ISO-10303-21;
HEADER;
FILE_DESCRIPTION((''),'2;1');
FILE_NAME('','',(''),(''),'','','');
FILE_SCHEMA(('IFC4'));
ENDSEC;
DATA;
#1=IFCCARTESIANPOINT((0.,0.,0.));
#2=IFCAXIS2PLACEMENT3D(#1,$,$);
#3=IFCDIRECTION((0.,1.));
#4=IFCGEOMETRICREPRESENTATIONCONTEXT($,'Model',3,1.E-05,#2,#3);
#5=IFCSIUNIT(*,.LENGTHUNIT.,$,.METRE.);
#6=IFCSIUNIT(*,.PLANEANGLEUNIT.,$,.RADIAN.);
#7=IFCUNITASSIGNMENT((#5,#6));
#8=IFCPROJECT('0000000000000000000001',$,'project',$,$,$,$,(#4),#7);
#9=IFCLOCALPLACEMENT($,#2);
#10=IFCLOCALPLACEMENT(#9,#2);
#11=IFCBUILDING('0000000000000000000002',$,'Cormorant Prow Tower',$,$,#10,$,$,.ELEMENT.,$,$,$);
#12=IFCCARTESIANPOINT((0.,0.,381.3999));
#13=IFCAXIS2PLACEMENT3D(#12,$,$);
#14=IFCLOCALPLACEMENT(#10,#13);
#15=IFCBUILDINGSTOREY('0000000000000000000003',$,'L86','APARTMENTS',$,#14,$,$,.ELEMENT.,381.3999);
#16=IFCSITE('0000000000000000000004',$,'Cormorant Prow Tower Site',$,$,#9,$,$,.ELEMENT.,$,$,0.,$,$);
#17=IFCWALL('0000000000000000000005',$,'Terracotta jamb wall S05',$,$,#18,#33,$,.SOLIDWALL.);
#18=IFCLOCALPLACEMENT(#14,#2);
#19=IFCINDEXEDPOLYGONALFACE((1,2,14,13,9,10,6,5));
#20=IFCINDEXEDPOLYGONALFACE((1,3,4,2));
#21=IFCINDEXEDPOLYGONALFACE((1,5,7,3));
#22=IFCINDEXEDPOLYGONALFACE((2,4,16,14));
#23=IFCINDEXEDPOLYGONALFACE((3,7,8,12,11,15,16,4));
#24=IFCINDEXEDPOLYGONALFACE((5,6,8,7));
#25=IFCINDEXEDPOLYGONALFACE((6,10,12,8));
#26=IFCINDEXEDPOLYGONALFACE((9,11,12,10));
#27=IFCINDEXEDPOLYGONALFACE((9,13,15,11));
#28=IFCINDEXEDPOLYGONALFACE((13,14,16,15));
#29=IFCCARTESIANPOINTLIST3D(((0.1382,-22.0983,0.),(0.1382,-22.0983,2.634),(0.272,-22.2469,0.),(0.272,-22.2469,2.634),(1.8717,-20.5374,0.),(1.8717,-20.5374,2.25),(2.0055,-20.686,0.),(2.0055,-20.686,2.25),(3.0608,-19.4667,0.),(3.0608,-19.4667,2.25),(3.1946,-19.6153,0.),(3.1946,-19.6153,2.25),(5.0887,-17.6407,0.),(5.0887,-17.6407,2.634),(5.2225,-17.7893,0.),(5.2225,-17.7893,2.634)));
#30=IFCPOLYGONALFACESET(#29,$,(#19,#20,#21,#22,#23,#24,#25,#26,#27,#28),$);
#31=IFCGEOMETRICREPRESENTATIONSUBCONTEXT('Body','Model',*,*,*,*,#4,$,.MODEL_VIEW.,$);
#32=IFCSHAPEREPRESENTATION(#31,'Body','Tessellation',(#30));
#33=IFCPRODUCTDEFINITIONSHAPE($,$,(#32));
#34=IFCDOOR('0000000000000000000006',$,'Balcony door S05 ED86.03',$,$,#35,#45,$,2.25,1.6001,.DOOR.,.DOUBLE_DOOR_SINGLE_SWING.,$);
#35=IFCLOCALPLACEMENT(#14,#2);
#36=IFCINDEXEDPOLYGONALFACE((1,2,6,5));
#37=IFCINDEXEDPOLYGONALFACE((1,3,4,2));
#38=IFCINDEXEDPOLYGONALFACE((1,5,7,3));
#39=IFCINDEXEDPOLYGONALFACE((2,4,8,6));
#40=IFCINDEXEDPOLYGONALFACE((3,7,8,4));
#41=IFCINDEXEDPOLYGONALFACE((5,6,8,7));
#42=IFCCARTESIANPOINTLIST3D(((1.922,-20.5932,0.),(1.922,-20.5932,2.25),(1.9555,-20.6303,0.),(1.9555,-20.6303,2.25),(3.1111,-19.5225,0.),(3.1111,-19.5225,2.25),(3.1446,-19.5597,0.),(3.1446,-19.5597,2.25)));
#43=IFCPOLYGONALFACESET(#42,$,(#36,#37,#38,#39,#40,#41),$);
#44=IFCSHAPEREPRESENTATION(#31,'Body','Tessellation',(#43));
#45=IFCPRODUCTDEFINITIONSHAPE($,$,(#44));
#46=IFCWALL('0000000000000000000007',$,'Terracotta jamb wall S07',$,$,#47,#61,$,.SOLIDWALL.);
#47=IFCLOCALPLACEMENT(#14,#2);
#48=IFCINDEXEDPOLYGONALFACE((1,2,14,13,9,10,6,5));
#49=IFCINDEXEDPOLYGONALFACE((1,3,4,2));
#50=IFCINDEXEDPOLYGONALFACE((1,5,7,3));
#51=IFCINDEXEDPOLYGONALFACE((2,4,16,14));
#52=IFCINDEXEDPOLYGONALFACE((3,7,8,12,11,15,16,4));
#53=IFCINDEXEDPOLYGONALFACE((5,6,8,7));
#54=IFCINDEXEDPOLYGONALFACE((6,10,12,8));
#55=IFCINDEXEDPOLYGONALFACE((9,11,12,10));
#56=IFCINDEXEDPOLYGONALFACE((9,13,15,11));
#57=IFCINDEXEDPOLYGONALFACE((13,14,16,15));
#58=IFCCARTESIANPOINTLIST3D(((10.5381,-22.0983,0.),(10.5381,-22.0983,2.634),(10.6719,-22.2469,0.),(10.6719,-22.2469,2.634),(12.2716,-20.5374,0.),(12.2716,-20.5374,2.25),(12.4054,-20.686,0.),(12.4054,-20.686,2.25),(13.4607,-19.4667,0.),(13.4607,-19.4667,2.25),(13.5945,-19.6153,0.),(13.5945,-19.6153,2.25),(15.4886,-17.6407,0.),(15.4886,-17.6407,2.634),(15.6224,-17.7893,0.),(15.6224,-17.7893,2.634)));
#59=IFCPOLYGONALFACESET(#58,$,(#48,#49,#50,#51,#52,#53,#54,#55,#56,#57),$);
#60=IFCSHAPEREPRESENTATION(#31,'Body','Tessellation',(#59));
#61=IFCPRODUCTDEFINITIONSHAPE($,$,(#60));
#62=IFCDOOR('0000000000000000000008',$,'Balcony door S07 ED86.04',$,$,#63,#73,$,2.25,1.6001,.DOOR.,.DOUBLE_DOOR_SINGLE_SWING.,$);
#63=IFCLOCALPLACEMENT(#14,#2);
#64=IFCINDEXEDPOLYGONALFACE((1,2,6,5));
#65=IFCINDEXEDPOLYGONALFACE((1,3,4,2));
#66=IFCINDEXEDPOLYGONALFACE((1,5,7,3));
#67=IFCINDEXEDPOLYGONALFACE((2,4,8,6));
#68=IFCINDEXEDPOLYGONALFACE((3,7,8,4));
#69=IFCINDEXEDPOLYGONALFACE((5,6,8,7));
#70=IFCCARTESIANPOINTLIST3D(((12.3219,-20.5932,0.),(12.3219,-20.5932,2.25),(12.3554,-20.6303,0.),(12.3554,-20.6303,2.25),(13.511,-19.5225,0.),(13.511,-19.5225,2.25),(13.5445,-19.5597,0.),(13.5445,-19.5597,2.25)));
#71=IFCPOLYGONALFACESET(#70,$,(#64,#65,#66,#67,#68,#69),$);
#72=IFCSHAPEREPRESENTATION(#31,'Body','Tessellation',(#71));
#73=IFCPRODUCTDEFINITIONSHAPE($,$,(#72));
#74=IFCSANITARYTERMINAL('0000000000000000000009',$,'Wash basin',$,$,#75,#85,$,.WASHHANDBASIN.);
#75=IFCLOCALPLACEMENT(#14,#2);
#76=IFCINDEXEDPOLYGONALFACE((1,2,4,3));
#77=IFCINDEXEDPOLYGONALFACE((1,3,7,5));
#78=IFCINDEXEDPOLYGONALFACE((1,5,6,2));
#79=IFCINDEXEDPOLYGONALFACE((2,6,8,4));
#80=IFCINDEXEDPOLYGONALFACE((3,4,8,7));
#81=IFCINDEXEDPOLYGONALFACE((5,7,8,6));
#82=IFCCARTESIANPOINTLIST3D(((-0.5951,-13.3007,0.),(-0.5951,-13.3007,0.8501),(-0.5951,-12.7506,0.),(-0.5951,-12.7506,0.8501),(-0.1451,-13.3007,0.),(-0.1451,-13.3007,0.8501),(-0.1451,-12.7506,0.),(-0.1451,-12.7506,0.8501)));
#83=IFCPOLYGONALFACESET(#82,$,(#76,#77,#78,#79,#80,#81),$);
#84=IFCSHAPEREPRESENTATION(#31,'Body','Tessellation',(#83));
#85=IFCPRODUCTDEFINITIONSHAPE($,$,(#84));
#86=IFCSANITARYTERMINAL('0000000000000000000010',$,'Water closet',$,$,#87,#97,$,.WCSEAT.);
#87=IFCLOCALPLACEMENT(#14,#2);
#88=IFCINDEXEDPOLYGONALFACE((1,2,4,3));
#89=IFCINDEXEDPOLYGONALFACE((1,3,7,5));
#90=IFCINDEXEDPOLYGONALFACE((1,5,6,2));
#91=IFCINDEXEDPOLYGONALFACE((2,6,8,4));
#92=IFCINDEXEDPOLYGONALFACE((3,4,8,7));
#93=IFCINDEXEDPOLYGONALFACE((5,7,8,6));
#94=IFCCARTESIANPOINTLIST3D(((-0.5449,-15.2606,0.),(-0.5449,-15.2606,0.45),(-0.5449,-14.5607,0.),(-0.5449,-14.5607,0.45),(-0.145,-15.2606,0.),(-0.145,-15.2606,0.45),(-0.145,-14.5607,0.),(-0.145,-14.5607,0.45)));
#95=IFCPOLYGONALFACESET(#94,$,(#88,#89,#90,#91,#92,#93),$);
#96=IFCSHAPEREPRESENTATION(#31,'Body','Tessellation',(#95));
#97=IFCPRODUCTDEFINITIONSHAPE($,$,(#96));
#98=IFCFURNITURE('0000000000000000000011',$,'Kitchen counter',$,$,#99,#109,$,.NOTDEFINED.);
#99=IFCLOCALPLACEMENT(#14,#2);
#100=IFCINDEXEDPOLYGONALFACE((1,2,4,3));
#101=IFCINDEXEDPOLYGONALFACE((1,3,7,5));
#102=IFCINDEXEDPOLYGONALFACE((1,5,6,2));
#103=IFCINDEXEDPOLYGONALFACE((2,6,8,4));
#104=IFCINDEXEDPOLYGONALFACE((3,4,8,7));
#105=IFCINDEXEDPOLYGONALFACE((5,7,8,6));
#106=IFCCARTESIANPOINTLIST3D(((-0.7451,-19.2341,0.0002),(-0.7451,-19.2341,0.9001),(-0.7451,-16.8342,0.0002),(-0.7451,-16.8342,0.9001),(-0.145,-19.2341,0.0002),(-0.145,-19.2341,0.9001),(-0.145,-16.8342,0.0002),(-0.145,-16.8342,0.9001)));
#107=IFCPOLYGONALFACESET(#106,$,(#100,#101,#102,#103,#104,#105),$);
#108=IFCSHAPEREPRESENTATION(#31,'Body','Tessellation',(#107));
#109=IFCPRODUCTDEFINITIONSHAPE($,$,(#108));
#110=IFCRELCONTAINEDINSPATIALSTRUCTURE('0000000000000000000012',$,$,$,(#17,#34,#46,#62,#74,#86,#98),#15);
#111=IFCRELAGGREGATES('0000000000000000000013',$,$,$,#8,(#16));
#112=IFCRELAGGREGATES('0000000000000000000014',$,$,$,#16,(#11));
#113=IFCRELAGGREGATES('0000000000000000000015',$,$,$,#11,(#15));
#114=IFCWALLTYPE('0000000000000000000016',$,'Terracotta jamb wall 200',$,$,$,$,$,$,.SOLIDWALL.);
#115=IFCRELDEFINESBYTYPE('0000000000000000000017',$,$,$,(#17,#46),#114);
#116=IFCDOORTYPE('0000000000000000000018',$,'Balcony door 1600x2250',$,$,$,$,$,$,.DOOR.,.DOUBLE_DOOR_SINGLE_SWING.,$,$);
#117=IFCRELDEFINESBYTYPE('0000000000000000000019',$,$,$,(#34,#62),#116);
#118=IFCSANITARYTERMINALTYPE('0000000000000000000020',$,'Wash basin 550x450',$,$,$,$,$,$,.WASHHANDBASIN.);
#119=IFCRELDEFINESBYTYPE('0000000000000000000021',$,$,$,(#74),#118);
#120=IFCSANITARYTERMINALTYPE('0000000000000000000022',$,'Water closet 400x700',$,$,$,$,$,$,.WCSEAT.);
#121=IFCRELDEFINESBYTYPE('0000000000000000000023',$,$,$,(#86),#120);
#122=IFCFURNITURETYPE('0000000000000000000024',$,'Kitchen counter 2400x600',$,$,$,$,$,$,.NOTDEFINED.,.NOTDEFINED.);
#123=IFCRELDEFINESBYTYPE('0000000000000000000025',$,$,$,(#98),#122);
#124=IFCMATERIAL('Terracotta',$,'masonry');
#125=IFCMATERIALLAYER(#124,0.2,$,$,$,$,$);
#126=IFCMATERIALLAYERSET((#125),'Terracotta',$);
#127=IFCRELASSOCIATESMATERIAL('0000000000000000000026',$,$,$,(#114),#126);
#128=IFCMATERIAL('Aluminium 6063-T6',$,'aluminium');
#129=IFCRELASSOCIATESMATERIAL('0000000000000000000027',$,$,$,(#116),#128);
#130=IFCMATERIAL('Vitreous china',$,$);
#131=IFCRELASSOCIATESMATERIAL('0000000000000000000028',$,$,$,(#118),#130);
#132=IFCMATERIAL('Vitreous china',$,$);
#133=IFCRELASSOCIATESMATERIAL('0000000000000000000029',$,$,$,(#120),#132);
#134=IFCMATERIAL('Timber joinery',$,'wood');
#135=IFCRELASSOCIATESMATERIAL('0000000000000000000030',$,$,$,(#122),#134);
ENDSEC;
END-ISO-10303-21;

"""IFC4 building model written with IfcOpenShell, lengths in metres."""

from ifc_helpers import new_model, si_unit, direction, frame, frame_2d, origin, origin_2d, place, context, subcontext, project, spatial, rectangle, extrude, material, layer, layer_set, type_object, element, fill, save


model = new_model("IFC4")

# Units and contexts
model_context = context("Model", 3, precision=1e-05, world=origin(), true_north=direction((0.0, 1.0)))
body_context = subcontext(model_context, "Body", "Model", "MODEL_VIEW")
ifc_project = project(units=[si_unit("LENGTHUNIT", "METRE"), si_unit("PLANEANGLEUNIT", "RADIAN")], contexts=[model_context])

# Site, building, storey
site_placement = place(None, origin())
site = spatial("IfcSite", under=ifc_project, at=site_placement, Name="Cormorant Prow Tower Site", CompositionType="ELEMENT", RefElevation=0.0)
building_placement = place(site_placement, origin())
building = spatial("IfcBuilding", under=site, at=building_placement, Name="Cormorant Prow Tower", CompositionType="ELEMENT")
storey_placement = place(building_placement, frame((0.0, 0.0, 381.3999)))
storey = spatial("IfcBuildingStorey", under=building, at=storey_placement, Name="L86", Description="APARTMENTS", CompositionType="ELEMENT", Elevation=381.3999)

# Walls, openings, doors
ifc_material_1 = material(Name="Terracotta", Category="masonry")
ifc_layer_1 = layer(ifc_material_1, 0.2)
ifc_layer_set_1 = layer_set([ifc_layer_1], Name="Terracotta")
wall_type_1 = type_object("IfcWallType", Name="Terracotta jamb wall 200", PredefinedType="SOLIDWALL", material=ifc_layer_set_1)
wall_1_placement = place(storey_placement, frame((0.2051, -22.1726, 0.0), z_axis=(0.0, 0.0, 1.0), x_axis=(0.743136, 0.669141, 0.0)))
wall_1 = element("IfcWall", 1, at=wall_1_placement, inside=storey, type_object=wall_type_1, Name="Terracotta jamb wall S05", PredefinedType="SOLIDWALL", context=body_context, shape_type="SweptSolid", body=[
    extrude(rectangle(XDim=6.6616, YDim=0.2, at=frame_2d((3.3308, 0.0))), origin(), (0.0, 0.0, 1.0), 2.634),
])
opening_1_placement = place(wall_1_placement, frame((2.3328, 0.0, 0.0)))
opening_1 = element("IfcOpeningElement", 2, at=opening_1_placement, cuts=wall_1, PredefinedType="OPENING", context=body_context, shape_type="SweptSolid", body=[
    extrude(rectangle(XDim=1.6001, YDim=2.25, at=frame_2d((0.8, 1.125))), frame((0.0, 0.1099, 0.0), z_axis=(0.0, -1.0, 0.0), x_axis=(1.0, 0.0, 0.0)), (0.0, 0.0, 1.0), 0.22),
])
ifc_material_2 = material(Name="Aluminium 6063-T6", Category="aluminium")
door_type_1 = type_object("IfcDoorType", Name="Balcony door 1600x2250", OperationType="DOUBLE_DOOR_SINGLE_SWING", PredefinedType="DOOR", material=ifc_material_2)
door_1_placement = place(opening_1_placement, origin())
door_1 = element("IfcDoor", 3, at=door_1_placement, inside=storey, type_object=door_type_1, Name="Balcony door S05 ED86.03", OperationType="DOUBLE_DOOR_SINGLE_SWING", OverallHeight=2.25, OverallWidth=1.6001, PredefinedType="DOOR", context=body_context, shape_type="SweptSolid", body=[
    extrude(rectangle(XDim=1.6001, YDim=2.25, at=frame_2d((0.8, 1.125))), frame((0.0, 0.0249, 0.0), z_axis=(0.0, -1.0, 0.0), x_axis=(1.0, 0.0, 0.0)), (0.0, 0.0, 1.0), 0.05),
])
fill(opening_1, door_1)
wall_2_placement = place(storey_placement, frame((10.605, -22.1726, 0.0), z_axis=(0.0, 0.0, 1.0), x_axis=(0.743136, 0.669141, 0.0)))
wall_2 = element("IfcWall", 4, at=wall_2_placement, inside=storey, type_object=wall_type_1, Name="Terracotta jamb wall S07", PredefinedType="SOLIDWALL", context=body_context, shape_type="SweptSolid", body=[
    extrude(rectangle(XDim=6.6616, YDim=0.2, at=frame_2d((3.3308, 0.0))), origin(), (0.0, 0.0, 1.0), 2.634),
])
opening_2_placement = place(wall_2_placement, frame((2.3328, 0.0, 0.0)))
opening_2 = element("IfcOpeningElement", 5, at=opening_2_placement, cuts=wall_2, PredefinedType="OPENING", context=body_context, shape_type="SweptSolid", body=[
    extrude(rectangle(XDim=1.6001, YDim=2.25, at=frame_2d((0.8, 1.125))), frame((0.0, 0.1099, 0.0), z_axis=(0.0, -1.0, 0.0), x_axis=(1.0, 0.0, 0.0)), (0.0, 0.0, 1.0), 0.22),
])
door_2_placement = place(opening_2_placement, origin())
door_2 = element("IfcDoor", 6, at=door_2_placement, inside=storey, type_object=door_type_1, Name="Balcony door S07 ED86.04", OperationType="DOUBLE_DOOR_SINGLE_SWING", OverallHeight=2.25, OverallWidth=1.6001, PredefinedType="DOOR", context=body_context, shape_type="SweptSolid", body=[
    extrude(rectangle(XDim=1.6001, YDim=2.25, at=frame_2d((0.8, 1.125))), frame((0.0, 0.0249, 0.0), z_axis=(0.0, -1.0, 0.0), x_axis=(1.0, 0.0, 0.0)), (0.0, 0.0, 1.0), 0.05),
])
fill(opening_2, door_2)

# Sanitary terminals
ifc_material_3 = material(Name="Vitreous china")
sanitary_terminal_type_1 = type_object("IfcSanitaryTerminalType", Name="Wash basin 550x450", PredefinedType="WASHHANDBASIN", material=ifc_material_3)
sanitary_terminal_1_placement = place(storey_placement, frame((-0.3701, -13.0256, 0.0), z_axis=(0.0, 0.0, 1.0), x_axis=(0.0, -1.0, 0.0)))
element("IfcSanitaryTerminal", 7, at=sanitary_terminal_1_placement, inside=storey, type_object=sanitary_terminal_type_1, Name="Wash basin", PredefinedType="WASHHANDBASIN", context=body_context, shape_type="SweptSolid", body=[
    extrude(rectangle(XDim=0.55, YDim=0.45, at=origin_2d()), origin(), (0.0, 0.0, 1.0), 0.8501),
])
ifc_material_4 = material(Name="Vitreous china")
sanitary_terminal_type_2 = type_object("IfcSanitaryTerminalType", Name="Water closet 400x700", PredefinedType="WCSEAT", material=ifc_material_4)
sanitary_terminal_2_placement = place(storey_placement, frame((-0.345, -14.9106, 0.0), z_axis=(0.0, 0.0, 1.0), x_axis=(-1.0, 0.0, 0.0)))
element("IfcSanitaryTerminal", 8, at=sanitary_terminal_2_placement, inside=storey, type_object=sanitary_terminal_type_2, Name="Water closet", PredefinedType="WCSEAT", context=body_context, shape_type="SweptSolid", body=[
    extrude(rectangle(XDim=0.3999, YDim=0.7, at=origin_2d()), origin(), (0.0, 0.0, 1.0), 0.45),
])

# Furniture
ifc_material_5 = material(Name="Timber joinery", Category="wood")
furniture_type = type_object("IfcFurnitureType", Name="Kitchen counter 2400x600", AssemblyPlace="NOTDEFINED", PredefinedType="NOTDEFINED", material=ifc_material_5)
furniture_placement = place(storey_placement, frame((-0.4451, -18.0342, 0.0002), z_axis=(0.0, 0.0, 1.0), x_axis=(0.0, -1.0, 0.0)))
element("IfcFurniture", 9, at=furniture_placement, inside=storey, type_object=furniture_type, Name="Kitchen counter", PredefinedType="NOTDEFINED", context=body_context, shape_type="SweptSolid", body=[
    extrude(rectangle(XDim=2.3999, YDim=0.6001, at=origin_2d()), origin(), (0.0, 0.0, 1.0), 0.8999),
])

save(model, "model.ifc")
